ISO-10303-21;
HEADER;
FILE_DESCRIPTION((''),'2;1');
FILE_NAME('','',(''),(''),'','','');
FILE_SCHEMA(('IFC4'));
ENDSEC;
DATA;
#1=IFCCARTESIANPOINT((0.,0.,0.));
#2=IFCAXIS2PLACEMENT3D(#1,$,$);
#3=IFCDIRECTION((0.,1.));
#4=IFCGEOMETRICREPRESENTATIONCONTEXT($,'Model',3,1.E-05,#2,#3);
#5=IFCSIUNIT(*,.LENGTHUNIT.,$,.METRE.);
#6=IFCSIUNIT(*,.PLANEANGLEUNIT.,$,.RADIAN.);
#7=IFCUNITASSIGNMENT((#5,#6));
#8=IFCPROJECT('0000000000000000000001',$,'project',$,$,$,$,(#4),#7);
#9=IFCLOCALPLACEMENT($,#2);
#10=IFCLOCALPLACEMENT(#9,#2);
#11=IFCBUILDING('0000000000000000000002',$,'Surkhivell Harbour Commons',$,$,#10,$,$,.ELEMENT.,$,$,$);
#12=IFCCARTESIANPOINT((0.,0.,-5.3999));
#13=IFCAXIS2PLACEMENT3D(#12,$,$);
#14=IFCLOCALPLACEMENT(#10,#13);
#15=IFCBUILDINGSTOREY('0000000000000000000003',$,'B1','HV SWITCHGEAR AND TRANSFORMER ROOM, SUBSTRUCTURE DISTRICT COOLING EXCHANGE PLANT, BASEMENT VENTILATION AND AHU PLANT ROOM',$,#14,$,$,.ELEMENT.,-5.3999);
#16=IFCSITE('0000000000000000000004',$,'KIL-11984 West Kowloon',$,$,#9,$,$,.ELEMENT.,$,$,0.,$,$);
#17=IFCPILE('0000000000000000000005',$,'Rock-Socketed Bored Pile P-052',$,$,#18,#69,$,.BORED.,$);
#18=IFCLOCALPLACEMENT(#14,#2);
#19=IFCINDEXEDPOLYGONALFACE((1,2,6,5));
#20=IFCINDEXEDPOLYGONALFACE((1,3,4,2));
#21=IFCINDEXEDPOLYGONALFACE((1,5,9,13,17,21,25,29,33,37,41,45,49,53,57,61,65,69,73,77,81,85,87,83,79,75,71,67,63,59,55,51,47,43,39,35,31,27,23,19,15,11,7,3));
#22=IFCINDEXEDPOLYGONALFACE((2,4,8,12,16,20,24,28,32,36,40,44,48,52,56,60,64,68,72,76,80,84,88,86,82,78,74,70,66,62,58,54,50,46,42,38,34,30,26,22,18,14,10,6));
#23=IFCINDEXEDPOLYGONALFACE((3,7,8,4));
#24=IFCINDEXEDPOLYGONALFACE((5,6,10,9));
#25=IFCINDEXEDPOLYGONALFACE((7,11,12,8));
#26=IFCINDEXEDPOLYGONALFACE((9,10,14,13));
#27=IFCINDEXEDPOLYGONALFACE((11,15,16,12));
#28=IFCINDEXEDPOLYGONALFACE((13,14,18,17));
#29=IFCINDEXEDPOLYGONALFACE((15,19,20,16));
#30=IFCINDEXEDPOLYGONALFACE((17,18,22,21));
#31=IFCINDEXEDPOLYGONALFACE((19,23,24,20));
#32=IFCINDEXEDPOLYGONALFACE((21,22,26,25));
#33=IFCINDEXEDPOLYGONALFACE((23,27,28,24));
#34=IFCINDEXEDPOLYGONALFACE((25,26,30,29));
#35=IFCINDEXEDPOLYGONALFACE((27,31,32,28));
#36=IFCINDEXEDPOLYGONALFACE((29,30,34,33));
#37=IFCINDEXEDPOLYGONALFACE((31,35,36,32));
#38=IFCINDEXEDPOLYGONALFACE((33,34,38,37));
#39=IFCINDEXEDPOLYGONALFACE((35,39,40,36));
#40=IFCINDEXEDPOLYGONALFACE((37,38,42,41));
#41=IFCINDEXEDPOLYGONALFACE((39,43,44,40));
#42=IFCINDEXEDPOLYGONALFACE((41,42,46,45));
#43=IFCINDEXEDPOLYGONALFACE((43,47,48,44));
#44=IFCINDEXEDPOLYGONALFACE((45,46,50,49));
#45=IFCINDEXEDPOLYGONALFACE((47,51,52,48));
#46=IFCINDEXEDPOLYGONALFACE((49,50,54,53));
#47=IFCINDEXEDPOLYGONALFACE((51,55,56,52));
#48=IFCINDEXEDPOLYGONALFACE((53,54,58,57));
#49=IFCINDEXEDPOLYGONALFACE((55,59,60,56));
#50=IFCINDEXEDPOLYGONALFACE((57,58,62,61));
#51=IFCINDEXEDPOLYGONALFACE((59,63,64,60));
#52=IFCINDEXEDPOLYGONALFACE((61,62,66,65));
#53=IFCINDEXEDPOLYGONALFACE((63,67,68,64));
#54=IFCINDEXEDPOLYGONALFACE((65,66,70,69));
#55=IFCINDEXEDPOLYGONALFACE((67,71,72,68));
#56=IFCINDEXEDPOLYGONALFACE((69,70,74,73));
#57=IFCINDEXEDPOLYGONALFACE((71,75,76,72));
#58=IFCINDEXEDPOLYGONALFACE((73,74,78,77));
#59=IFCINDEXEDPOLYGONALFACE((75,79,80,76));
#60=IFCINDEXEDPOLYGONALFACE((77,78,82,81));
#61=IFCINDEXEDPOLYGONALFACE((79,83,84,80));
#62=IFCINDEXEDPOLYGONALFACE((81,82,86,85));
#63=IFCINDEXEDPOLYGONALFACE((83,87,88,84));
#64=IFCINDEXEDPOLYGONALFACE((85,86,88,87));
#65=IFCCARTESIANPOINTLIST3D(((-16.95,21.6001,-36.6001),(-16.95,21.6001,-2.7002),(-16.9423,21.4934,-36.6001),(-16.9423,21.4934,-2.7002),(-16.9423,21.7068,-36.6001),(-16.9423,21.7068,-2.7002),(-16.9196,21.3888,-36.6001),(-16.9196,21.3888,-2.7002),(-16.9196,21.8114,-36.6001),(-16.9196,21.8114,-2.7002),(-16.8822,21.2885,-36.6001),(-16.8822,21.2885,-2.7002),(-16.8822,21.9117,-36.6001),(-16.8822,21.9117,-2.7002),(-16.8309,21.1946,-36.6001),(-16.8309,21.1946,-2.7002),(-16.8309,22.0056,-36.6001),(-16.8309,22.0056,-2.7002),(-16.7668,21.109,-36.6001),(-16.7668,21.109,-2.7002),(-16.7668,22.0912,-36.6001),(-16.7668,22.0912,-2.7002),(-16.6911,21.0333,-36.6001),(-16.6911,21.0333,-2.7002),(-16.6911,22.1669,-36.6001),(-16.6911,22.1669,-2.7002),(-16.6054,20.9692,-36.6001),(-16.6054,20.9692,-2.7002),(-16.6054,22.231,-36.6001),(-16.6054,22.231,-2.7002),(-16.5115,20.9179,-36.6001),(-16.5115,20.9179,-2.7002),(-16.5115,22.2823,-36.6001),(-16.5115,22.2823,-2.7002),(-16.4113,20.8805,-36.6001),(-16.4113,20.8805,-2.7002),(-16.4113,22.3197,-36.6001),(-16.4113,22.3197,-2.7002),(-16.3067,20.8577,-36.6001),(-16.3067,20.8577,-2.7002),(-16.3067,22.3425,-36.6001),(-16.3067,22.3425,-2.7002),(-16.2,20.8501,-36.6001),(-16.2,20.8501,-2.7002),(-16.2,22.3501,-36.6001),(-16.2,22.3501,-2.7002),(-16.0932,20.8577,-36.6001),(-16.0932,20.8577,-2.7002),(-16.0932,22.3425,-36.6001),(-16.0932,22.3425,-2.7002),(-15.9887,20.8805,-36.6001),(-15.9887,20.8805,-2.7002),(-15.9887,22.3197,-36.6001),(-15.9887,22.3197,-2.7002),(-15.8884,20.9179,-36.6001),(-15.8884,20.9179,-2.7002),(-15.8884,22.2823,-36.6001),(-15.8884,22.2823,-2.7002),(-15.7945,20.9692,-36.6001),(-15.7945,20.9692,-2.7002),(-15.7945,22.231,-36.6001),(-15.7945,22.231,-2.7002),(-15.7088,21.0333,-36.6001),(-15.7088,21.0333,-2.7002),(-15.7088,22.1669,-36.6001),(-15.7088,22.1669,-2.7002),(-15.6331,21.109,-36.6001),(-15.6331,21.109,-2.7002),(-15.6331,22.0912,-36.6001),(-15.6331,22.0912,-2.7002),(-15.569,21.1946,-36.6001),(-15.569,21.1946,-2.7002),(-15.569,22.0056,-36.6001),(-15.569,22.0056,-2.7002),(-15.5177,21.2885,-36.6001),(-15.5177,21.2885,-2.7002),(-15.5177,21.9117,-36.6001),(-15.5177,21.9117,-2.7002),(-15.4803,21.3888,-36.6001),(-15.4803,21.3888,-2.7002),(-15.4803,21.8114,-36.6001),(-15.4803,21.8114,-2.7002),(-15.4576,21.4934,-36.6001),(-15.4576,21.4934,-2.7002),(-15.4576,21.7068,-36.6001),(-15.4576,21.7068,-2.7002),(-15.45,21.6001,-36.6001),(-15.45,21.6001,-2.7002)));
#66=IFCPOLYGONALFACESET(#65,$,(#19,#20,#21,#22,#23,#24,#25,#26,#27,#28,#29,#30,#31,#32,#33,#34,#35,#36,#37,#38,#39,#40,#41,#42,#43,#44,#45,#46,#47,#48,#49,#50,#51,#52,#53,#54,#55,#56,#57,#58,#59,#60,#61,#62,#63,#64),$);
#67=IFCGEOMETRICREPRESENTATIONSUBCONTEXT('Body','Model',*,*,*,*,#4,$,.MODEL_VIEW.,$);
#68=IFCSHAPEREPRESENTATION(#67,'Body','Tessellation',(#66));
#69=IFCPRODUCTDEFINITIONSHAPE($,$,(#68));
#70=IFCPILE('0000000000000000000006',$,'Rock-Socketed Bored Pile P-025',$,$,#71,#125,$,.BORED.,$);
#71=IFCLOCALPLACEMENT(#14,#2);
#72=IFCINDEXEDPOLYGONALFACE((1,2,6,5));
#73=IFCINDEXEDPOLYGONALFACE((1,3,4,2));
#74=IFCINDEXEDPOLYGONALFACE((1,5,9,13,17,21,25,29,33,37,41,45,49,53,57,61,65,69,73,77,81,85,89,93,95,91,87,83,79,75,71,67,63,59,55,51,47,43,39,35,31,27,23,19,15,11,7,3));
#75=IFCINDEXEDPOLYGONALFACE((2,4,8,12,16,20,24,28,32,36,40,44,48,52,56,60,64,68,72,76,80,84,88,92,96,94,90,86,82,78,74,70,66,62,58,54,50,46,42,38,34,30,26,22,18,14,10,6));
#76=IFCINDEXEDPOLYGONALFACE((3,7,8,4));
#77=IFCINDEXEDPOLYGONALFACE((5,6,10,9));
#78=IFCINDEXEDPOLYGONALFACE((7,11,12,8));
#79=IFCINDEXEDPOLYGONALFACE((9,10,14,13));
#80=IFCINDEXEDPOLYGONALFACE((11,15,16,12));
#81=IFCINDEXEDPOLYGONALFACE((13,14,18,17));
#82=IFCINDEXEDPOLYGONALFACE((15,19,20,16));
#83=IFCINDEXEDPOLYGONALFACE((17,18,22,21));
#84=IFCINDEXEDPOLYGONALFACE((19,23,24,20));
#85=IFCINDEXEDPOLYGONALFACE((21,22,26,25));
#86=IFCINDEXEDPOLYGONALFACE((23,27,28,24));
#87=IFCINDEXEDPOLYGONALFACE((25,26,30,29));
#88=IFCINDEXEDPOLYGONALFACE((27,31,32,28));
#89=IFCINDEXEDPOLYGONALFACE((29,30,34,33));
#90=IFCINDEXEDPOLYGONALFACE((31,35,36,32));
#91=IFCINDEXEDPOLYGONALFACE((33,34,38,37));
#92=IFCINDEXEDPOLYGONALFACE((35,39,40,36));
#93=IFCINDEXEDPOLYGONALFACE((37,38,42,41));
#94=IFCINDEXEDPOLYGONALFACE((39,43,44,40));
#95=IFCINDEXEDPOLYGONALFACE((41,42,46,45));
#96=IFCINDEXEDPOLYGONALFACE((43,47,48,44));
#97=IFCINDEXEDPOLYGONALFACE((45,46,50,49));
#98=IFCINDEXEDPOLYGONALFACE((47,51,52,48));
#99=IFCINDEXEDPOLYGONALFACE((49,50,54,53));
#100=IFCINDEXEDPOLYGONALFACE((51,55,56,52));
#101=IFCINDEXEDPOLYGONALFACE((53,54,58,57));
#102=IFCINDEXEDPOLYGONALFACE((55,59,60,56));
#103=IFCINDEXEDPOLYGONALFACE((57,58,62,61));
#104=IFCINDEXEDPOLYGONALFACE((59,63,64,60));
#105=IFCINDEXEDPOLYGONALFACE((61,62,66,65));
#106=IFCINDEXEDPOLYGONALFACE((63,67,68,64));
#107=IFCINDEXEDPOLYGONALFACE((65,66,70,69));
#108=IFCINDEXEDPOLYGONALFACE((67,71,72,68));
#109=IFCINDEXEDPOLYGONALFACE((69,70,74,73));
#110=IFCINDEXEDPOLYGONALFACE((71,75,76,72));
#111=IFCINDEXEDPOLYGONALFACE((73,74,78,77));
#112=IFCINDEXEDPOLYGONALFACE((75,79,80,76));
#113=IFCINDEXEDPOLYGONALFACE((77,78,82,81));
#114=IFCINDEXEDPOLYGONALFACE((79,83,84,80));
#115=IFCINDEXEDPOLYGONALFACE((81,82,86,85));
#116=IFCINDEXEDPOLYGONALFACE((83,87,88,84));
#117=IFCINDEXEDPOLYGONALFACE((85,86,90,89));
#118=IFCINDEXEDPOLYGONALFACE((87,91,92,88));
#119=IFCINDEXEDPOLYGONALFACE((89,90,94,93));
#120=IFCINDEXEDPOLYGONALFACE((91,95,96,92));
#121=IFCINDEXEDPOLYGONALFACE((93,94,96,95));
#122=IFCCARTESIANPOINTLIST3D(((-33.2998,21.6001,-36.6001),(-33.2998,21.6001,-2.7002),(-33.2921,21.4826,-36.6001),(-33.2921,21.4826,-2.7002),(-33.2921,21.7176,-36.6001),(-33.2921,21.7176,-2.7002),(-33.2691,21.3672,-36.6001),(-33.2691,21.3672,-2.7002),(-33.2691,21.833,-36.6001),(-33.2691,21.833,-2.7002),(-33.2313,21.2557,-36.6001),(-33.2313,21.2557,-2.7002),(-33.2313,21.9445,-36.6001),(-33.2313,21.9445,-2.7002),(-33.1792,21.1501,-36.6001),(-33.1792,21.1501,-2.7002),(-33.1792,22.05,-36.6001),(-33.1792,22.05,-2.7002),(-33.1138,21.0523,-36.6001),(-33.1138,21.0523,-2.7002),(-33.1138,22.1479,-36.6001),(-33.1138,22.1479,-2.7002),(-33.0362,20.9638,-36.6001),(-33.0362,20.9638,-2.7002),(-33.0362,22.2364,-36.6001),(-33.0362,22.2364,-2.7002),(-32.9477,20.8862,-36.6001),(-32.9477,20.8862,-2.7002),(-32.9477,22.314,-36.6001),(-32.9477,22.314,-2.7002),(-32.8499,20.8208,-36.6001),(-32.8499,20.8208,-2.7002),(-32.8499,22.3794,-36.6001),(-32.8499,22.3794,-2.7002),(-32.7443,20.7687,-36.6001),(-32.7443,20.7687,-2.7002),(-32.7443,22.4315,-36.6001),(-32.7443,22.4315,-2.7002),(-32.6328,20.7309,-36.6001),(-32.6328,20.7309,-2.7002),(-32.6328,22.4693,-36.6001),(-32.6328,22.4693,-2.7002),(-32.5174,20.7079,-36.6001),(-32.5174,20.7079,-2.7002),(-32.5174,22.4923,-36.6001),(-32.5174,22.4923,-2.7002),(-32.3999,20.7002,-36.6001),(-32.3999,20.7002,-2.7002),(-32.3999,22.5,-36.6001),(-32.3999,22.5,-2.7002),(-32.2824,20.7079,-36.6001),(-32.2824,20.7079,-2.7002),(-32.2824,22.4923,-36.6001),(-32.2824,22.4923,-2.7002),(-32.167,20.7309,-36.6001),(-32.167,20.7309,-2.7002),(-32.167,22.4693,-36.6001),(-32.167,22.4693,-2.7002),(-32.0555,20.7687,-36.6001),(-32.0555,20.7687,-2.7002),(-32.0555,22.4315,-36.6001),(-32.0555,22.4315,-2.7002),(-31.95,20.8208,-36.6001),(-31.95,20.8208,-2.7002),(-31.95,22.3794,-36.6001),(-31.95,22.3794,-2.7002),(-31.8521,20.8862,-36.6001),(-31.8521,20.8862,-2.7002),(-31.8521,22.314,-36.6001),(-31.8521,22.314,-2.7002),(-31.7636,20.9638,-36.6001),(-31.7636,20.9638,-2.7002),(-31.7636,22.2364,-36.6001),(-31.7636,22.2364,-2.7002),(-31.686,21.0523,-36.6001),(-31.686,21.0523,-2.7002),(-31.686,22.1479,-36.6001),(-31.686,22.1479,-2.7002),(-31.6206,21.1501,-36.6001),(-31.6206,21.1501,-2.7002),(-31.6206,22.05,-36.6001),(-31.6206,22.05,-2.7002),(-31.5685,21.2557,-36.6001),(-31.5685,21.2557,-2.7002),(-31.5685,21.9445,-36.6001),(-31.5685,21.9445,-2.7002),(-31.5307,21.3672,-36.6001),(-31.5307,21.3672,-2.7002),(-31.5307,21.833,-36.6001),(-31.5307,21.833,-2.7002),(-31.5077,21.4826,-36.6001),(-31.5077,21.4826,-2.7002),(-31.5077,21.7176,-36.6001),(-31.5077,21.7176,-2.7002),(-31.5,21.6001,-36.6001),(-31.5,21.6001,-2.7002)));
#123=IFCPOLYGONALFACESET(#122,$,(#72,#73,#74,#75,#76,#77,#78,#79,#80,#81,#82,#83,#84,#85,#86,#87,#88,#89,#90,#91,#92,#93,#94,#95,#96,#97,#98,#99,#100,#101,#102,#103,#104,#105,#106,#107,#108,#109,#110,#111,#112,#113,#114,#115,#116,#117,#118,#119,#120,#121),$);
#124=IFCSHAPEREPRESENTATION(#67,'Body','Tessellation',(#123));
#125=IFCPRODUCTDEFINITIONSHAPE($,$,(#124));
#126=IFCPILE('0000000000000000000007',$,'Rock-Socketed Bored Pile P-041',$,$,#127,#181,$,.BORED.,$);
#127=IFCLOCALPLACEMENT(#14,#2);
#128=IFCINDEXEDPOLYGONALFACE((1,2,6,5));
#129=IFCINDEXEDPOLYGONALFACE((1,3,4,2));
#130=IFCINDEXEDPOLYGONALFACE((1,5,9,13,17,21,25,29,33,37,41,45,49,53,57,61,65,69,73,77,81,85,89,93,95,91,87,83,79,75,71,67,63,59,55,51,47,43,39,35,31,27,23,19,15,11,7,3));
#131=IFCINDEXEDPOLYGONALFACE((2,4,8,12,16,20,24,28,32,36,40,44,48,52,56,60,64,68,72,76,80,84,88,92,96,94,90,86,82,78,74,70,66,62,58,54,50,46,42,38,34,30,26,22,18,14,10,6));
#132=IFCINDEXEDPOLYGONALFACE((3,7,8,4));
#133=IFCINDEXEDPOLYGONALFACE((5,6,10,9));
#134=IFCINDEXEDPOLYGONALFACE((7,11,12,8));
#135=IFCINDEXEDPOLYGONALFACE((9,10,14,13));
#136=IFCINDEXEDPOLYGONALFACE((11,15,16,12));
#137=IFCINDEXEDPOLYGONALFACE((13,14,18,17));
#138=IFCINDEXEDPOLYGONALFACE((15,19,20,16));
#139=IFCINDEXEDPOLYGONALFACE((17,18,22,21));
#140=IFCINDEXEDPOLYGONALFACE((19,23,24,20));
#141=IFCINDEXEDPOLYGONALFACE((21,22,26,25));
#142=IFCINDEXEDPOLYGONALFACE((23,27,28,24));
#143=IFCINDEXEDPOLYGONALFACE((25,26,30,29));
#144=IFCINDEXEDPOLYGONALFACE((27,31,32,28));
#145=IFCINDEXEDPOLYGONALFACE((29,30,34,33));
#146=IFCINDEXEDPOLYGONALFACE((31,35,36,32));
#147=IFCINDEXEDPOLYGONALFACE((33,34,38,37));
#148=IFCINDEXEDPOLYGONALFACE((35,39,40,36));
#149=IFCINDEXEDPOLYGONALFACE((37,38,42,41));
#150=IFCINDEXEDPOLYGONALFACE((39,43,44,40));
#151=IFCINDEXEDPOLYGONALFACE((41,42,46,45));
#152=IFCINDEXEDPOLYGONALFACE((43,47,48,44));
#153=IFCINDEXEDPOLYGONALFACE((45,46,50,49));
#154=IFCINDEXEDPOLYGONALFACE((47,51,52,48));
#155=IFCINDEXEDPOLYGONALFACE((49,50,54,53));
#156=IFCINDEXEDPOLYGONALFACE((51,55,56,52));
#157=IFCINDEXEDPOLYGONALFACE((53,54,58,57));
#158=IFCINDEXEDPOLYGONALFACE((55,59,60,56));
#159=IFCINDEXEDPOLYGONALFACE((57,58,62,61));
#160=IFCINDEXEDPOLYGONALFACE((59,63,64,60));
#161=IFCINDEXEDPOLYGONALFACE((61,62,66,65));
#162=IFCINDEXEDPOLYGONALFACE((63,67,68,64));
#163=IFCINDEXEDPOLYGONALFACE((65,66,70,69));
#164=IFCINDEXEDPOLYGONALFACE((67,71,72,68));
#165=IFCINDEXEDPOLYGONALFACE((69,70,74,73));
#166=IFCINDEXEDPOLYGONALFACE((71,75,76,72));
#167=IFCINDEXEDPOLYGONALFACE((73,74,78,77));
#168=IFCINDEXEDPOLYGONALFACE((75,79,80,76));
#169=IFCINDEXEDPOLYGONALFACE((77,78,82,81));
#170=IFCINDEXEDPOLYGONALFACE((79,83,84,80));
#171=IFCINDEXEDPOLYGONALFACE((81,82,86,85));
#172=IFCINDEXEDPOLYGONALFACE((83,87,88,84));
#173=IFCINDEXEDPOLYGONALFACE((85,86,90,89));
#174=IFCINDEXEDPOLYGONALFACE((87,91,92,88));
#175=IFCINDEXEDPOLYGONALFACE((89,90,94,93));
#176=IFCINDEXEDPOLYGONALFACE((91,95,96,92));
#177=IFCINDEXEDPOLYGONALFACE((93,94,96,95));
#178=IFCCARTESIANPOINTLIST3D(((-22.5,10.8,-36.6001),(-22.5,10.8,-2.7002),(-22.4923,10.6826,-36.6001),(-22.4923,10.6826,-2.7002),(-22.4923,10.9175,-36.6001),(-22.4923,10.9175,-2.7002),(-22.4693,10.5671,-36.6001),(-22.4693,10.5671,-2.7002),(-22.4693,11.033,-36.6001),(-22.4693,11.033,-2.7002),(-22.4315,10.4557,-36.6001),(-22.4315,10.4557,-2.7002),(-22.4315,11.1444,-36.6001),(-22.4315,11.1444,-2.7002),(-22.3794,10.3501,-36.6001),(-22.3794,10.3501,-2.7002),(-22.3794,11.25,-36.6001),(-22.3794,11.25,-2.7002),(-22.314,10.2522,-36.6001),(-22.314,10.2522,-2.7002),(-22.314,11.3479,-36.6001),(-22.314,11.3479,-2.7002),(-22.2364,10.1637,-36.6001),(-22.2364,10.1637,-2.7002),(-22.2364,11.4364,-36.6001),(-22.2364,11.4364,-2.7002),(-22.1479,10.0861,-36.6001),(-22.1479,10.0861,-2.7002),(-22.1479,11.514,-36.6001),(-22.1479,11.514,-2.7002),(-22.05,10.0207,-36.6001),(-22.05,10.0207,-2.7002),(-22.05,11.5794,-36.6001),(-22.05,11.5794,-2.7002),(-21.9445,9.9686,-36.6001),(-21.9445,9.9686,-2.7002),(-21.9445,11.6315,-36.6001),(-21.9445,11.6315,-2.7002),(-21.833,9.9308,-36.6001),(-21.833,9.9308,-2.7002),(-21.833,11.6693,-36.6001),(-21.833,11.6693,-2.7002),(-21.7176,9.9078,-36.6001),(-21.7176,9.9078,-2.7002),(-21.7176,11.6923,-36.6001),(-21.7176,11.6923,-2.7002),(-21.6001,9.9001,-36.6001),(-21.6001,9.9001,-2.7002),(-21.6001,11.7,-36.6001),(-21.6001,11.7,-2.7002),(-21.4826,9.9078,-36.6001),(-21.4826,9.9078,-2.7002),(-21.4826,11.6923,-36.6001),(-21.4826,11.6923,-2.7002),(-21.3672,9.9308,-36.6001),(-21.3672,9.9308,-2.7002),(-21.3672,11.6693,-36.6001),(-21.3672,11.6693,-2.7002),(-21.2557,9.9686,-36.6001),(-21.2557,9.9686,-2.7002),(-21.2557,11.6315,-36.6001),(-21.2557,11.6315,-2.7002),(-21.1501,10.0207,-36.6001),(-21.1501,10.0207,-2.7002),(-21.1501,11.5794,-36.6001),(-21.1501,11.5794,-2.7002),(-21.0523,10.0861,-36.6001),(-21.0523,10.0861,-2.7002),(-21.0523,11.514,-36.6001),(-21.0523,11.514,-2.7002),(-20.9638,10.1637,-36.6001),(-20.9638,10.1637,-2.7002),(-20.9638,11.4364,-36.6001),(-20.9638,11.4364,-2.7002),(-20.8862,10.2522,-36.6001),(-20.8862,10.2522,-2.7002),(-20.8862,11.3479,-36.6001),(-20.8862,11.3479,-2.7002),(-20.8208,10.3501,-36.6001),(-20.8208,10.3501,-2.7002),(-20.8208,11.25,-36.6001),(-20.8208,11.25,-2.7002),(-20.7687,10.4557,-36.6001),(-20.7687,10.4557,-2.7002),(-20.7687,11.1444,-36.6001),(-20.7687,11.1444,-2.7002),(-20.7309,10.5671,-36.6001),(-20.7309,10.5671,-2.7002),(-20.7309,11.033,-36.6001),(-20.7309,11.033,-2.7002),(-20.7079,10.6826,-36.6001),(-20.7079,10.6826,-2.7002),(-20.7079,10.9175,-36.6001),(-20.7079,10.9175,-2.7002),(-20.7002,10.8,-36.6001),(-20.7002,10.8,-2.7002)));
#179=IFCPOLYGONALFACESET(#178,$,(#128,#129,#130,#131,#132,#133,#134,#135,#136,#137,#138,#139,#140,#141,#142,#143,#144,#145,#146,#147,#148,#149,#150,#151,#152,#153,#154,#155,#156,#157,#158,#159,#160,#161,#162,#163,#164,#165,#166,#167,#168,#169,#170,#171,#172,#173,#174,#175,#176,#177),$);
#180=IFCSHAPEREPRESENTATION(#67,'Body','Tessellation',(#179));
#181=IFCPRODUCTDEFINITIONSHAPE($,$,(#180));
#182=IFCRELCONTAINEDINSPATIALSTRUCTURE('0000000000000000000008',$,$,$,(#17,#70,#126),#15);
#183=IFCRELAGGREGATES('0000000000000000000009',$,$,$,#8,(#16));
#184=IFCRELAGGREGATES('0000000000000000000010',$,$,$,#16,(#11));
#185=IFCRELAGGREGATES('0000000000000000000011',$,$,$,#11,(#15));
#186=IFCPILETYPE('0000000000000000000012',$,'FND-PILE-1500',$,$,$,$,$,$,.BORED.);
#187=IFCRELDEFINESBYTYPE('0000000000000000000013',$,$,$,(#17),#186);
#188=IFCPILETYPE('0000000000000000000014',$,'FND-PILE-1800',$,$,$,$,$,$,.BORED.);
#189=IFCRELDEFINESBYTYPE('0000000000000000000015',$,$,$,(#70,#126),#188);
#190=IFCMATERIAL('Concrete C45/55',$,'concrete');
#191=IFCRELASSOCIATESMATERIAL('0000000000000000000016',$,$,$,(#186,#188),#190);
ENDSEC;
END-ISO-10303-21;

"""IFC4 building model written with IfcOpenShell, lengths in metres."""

from ifc_helpers import new_model, si_unit, direction, frame, origin, origin_2d, place, context, subcontext, project, spatial, circle, extrude, material, material_profile, profile_set, type_object, element, save


model = new_model("IFC4")

# Units and contexts
model_context = context("Model", 3, precision=1e-05, world=origin(), true_north=direction((0.0, 1.0)))
body_context = subcontext(model_context, "Body", "Model", "MODEL_VIEW")
ifc_project = project(units=[si_unit("LENGTHUNIT", "METRE"), si_unit("PLANEANGLEUNIT", "RADIAN")], contexts=[model_context])

# Site, building, storey
site_placement = place(None, origin())
site = spatial("IfcSite", under=ifc_project, at=site_placement, Name="KIL-11984 West Kowloon", CompositionType="ELEMENT", RefElevation=0.0)
building_placement = place(site_placement, origin())
building = spatial("IfcBuilding", under=site, at=building_placement, Name="Surkhivell Harbour Commons", CompositionType="ELEMENT")
storey_placement = place(building_placement, frame((0.0, 0.0, -5.3999)))
storey = spatial("IfcBuildingStorey", under=building, at=storey_placement, Name="B1", Description="HV SWITCHGEAR AND TRANSFORMER ROOM, SUBSTRUCTURE DISTRICT COOLING EXCHANGE PLANT, BASEMENT VENTILATION AND AHU PLANT ROOM", CompositionType="ELEMENT", Elevation=-5.3999)

# Piles
ifc_material_1 = material(Name="Concrete C45/55", Category="concrete")
ifc_material_profile_1 = material_profile(ifc_material_1, circle(Radius=0.75, at=origin_2d()), Name="PILE-1500")
ifc_profile_set_1 = profile_set([ifc_material_profile_1], Name="Concrete C45/55")
pile_type_1 = type_object("IfcPileType", Name="FND-PILE-1500", PredefinedType="BORED", material=ifc_profile_set_1)
for number, where, z_axis, x_axis, name in (
    (1, (-16.2, 21.6001, -2.7002), (0.0, 0.0, -1.0), (1.0, 0.0, 0.0), "Rock-Socketed Bored Pile P-052"),
):
    element("IfcPile", number, at=place(storey_placement, frame(where, z_axis=z_axis, x_axis=x_axis)), inside=storey, type_object=pile_type_1, Name=name, PredefinedType="BORED", context=body_context, shape_type="SweptSolid", body=[
        extrude(circle(Radius=0.75, at=origin_2d()), origin(), (0.0, 0.0, 1.0), 33.8999),
    ])
ifc_material_profile_2 = material_profile(ifc_material_1, circle(Radius=0.8999, at=origin_2d()), Name="PILE-1800")
ifc_profile_set_2 = profile_set([ifc_material_profile_2], Name="Concrete C45/55")
pile_type_2 = type_object("IfcPileType", Name="FND-PILE-1800", PredefinedType="BORED", material=ifc_profile_set_2)
for number, where, z_axis, x_axis, name in (
    (2, (-32.3999, 21.6001, -2.7002), (0.0, 0.0, -1.0), (1.0, 0.0, 0.0), "Rock-Socketed Bored Pile P-025"),
    (3, (-21.6001, 10.8, -2.7002), (0.0, 0.0, -1.0), (1.0, 0.0, 0.0), "Rock-Socketed Bored Pile P-041"),
):
    element("IfcPile", number, at=place(storey_placement, frame(where, z_axis=z_axis, x_axis=x_axis)), inside=storey, type_object=pile_type_2, Name=name, PredefinedType="BORED", context=body_context, shape_type="SweptSolid", body=[
        extrude(circle(Radius=0.8999, at=origin_2d()), origin(), (0.0, 0.0, 1.0), 33.8999),
    ])

save(model, "model.ifc")
